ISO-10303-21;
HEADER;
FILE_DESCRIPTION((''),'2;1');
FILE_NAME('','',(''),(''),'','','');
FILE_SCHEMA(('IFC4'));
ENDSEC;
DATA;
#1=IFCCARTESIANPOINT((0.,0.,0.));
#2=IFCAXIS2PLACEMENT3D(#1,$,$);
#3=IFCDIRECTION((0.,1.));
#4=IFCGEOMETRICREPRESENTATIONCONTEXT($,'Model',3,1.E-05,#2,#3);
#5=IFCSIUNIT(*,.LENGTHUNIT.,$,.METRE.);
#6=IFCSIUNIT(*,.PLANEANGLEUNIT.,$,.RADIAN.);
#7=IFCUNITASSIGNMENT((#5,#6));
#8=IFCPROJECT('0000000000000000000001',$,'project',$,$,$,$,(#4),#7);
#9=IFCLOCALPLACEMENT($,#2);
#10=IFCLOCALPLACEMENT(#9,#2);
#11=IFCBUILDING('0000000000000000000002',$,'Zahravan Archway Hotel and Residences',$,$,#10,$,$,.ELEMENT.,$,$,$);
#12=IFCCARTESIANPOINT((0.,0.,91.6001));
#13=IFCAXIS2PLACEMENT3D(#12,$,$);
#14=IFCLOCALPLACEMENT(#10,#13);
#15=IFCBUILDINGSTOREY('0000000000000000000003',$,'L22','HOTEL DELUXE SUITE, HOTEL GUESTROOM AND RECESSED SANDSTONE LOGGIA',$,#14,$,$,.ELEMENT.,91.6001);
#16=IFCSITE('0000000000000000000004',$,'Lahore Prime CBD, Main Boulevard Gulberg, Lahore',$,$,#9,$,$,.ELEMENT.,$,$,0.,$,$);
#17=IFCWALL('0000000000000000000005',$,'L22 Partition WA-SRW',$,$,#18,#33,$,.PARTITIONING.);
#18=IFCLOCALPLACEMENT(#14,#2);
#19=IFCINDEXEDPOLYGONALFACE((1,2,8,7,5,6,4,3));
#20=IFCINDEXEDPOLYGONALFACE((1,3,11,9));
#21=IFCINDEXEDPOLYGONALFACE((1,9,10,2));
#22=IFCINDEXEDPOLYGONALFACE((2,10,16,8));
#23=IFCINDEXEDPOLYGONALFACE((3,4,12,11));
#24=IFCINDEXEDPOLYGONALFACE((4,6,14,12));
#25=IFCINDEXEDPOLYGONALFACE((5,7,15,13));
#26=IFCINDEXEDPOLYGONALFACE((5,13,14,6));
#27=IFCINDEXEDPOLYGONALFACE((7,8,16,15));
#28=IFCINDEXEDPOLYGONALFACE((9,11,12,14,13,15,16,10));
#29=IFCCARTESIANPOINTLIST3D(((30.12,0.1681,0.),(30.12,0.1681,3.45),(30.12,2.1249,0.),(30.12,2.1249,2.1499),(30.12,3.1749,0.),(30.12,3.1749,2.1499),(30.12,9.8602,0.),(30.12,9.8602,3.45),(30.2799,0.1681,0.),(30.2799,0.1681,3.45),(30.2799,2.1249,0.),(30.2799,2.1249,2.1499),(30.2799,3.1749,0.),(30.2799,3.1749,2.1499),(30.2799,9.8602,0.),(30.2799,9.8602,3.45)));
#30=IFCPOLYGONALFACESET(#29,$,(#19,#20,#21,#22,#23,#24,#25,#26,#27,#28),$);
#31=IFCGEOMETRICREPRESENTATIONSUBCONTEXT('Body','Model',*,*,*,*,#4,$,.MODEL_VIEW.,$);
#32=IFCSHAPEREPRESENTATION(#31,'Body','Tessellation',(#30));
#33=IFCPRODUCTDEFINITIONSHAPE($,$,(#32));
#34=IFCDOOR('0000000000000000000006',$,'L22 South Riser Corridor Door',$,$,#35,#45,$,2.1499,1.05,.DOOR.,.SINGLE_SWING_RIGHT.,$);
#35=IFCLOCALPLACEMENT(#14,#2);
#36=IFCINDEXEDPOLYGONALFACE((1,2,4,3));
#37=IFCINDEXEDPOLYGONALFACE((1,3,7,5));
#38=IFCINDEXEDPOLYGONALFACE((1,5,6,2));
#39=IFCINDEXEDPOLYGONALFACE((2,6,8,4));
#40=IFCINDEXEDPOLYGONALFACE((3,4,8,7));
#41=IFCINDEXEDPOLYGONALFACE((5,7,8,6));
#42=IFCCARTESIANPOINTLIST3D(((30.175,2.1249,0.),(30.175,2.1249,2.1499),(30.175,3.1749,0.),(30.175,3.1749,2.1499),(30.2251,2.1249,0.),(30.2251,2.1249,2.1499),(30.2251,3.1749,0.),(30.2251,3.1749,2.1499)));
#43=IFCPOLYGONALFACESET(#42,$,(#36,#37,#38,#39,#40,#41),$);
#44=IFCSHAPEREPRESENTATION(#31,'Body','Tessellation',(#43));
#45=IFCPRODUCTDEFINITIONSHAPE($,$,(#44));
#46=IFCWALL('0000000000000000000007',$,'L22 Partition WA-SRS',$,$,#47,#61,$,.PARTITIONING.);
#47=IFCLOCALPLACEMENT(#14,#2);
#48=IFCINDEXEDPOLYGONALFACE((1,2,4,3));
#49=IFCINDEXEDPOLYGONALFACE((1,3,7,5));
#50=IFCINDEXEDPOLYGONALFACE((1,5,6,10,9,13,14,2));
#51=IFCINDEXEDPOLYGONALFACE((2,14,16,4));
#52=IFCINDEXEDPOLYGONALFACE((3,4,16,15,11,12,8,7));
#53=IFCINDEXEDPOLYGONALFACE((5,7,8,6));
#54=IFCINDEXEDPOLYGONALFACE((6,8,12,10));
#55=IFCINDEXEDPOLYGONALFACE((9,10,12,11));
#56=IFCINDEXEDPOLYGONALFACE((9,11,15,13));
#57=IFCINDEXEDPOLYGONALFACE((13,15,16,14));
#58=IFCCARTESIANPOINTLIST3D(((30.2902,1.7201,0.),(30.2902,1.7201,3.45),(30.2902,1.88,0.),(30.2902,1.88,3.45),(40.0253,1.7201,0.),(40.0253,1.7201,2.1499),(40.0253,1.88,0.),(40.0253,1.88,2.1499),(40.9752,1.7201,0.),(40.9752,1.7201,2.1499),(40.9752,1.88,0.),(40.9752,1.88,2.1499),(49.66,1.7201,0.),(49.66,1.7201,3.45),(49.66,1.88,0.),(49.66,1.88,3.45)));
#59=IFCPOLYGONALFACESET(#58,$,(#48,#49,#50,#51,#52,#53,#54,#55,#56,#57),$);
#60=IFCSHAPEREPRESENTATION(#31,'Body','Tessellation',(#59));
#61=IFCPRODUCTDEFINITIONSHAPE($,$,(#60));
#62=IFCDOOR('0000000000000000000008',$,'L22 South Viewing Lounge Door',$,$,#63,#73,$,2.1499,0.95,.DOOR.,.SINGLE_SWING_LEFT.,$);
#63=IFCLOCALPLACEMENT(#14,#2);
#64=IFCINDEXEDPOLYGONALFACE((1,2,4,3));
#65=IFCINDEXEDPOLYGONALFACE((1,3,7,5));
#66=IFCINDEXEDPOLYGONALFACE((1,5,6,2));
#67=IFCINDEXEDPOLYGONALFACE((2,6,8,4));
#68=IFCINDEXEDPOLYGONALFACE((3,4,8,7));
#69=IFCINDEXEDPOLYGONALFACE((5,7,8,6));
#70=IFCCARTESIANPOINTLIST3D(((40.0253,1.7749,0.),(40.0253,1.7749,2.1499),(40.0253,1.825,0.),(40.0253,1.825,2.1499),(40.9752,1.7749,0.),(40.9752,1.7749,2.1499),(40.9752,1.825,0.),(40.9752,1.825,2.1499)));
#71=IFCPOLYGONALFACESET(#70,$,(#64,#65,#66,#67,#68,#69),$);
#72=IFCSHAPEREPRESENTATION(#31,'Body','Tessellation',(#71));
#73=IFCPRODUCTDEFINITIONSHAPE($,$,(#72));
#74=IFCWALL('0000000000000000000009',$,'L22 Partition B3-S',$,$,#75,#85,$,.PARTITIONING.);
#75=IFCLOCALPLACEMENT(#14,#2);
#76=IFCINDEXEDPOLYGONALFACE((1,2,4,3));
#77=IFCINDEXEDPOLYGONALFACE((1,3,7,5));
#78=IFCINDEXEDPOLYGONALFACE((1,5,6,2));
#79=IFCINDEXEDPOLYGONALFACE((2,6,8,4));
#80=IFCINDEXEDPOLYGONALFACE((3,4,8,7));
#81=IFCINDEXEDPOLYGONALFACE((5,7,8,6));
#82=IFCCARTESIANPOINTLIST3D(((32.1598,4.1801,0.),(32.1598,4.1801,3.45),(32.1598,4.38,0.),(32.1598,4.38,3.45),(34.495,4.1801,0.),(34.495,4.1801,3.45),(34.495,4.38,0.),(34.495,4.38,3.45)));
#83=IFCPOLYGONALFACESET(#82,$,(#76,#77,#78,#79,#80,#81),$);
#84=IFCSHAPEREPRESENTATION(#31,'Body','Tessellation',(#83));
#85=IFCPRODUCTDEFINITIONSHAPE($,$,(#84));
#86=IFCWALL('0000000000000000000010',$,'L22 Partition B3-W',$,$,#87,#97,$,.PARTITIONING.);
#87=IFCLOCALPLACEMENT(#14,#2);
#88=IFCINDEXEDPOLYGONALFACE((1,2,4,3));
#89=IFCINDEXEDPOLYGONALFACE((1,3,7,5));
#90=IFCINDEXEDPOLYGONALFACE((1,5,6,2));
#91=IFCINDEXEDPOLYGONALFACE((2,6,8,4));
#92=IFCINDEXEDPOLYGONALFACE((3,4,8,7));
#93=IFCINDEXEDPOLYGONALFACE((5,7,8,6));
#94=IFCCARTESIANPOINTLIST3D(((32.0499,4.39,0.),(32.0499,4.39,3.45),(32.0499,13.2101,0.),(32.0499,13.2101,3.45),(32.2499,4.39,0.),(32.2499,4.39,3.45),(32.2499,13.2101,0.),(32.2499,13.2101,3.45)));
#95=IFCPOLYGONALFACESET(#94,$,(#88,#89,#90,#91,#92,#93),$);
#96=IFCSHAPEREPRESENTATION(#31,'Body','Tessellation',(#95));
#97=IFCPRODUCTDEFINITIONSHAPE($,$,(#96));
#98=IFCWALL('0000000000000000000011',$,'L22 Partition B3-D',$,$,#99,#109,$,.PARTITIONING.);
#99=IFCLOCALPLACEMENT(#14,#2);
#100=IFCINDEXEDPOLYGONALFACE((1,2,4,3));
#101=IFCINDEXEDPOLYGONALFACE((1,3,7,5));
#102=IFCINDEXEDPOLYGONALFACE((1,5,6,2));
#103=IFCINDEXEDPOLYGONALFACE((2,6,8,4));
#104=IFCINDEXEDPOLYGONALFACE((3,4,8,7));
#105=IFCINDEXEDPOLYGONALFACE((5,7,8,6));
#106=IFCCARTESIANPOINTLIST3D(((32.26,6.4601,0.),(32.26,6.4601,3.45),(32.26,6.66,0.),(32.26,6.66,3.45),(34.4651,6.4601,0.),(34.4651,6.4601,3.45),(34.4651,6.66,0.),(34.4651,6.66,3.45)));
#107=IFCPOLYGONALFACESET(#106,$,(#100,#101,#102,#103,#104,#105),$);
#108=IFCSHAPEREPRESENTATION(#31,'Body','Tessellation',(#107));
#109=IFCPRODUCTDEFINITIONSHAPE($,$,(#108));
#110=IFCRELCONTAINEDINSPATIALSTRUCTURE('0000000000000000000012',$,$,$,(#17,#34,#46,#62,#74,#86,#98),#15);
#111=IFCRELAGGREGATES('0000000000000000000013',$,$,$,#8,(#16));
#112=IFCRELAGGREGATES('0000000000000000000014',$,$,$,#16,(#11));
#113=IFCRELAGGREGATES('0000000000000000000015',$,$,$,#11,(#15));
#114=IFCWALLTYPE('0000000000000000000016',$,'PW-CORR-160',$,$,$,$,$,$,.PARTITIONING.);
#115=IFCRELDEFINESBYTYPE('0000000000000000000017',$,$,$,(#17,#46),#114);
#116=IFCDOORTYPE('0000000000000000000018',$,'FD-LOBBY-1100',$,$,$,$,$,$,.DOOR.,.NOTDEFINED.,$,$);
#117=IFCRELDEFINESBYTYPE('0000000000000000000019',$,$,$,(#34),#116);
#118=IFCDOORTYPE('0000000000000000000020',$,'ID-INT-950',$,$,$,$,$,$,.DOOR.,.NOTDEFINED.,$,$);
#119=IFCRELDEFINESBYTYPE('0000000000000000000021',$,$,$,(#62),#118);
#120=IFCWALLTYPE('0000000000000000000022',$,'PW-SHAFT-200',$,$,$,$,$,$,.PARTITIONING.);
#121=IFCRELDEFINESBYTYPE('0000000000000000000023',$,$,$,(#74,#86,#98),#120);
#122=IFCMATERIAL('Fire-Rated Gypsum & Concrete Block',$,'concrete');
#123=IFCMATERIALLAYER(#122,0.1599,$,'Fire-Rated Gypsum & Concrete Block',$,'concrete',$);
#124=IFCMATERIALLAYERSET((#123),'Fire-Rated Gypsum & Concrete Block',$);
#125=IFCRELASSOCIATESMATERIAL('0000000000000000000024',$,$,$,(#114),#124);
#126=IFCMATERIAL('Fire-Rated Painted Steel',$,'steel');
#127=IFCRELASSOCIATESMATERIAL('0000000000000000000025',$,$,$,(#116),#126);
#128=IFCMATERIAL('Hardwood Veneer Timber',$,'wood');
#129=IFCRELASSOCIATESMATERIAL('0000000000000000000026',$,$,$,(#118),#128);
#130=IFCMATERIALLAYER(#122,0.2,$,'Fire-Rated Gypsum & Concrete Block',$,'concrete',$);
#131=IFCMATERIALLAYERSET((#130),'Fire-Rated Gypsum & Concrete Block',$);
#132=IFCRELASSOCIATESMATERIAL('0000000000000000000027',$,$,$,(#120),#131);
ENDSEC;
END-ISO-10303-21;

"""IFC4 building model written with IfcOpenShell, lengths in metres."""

from ifc_helpers import new_model, si_unit, direction, frame, frame_2d, origin, place, context, subcontext, project, spatial, rectangle, extrude, source, transform, mapped, material, layer, layer_set, type_object, type_shapes, element, fill, save


model = new_model("IFC4")

# Units and contexts
model_context = context("Model", 3, precision=1e-05, world=origin(), true_north=direction((0.0, 1.0)))
body_context = subcontext(model_context, "Body", "Model", "MODEL_VIEW")
ifc_project = project(units=[si_unit("LENGTHUNIT", "METRE"), si_unit("PLANEANGLEUNIT", "RADIAN")], contexts=[model_context])

# Site, building, storey
site_placement = place(None, origin())
site = spatial("IfcSite", under=ifc_project, at=site_placement, Name="Lahore Prime CBD, Main Boulevard Gulberg, Lahore", CompositionType="ELEMENT", RefElevation=0.0)
building_placement = place(site_placement, origin())
building = spatial("IfcBuilding", under=site, at=building_placement, Name="Zahravan Archway Hotel and Residences", CompositionType="ELEMENT")
storey_placement = place(building_placement, frame((0.0, 0.0, 91.6001)))
storey = spatial("IfcBuildingStorey", under=building, at=storey_placement, Name="L22", Description="HOTEL DELUXE SUITE, HOTEL GUESTROOM AND RECESSED SANDSTONE LOGGIA", CompositionType="ELEMENT", Elevation=91.6001)

# Shared definitions
ifc_material_1 = material(Name="Fire-Rated Painted Steel", Category="steel")

# Walls, openings, doors
ifc_material_2 = material(Name="Fire-Rated Gypsum & Concrete Block", Category="concrete")
ifc_layer_1 = layer(ifc_material_2, 0.1599, Name="Fire-Rated Gypsum & Concrete Block", Category="concrete")
ifc_layer_set_1 = layer_set([ifc_layer_1], Name="Fire-Rated Gypsum & Concrete Block")
wall_type_1 = type_object("IfcWallType", Name="PW-CORR-160", PredefinedType="PARTITIONING", material=ifc_layer_set_1)
wall_1_placement = place(storey_placement, frame((30.2, 0.168, 0.0), z_axis=(0.0, 0.0, 1.0), x_axis=(0.0, 1.0, 0.0)))
wall_1 = element("IfcWall", 1, at=wall_1_placement, inside=storey, type_object=wall_type_1, Name="L22 Partition WA-SRW", PredefinedType="PARTITIONING", context=body_context, shape_type="SweptSolid", body=[
    extrude(rectangle(XDim=9.6921, YDim=0.1599, at=frame_2d((4.8462, 0.0))), origin(), (0.0, 0.0, 1.0), 3.45),
])
opening_1_placement = place(wall_1_placement, frame((1.957, 0.0, 0.0)))
opening_1 = element("IfcOpeningElement", 2, at=opening_1_placement, cuts=wall_1, PredefinedType="OPENING", context=body_context, shape_type="SweptSolid", body=[
    extrude(rectangle(XDim=1.05, YDim=2.1499, at=frame_2d((0.5249, 1.075))), frame((0.0, 0.0898, 0.0), z_axis=(0.0, -1.0, 0.0), x_axis=(1.0, 0.0, 0.0)), (0.0, 0.0, 1.0), 0.1799),
])
door_type_1 = type_object("IfcDoorType", Name="FD-LOBBY-1100", OperationType="NOTDEFINED", PredefinedType="DOOR", material=ifc_material_1)
shared_shape_1 = source(origin(), body_context, "Body", "SweptSolid", [
    extrude(rectangle(XDim=1.05, YDim=2.1499, at=frame_2d((0.5249, 1.075))), frame((0.0, 0.0249, 0.0), z_axis=(0.0, -1.0, 0.0), x_axis=(1.0, 0.0, 0.0)), (0.0, 0.0, 1.0), 0.05),
])
type_shapes(door_type_1, [shared_shape_1])
door_1_placement = place(opening_1_placement, origin())
door_1 = element("IfcDoor", 3, at=door_1_placement, inside=storey, type_object=door_type_1, Name="L22 South Riser Corridor Door", OperationType="SINGLE_SWING_RIGHT", OverallHeight=2.1499, OverallWidth=1.05, PredefinedType="DOOR", context=body_context, shape_type="MappedRepresentation", body=[
    mapped(shared_shape_1, transform((0.0, 0.0, 0.0), scale=1.0)),
])
fill(opening_1, door_1)
wall_2_placement = place(storey_placement, frame((30.29, 1.8, 0.0), z_axis=(0.0, 0.0, 1.0), x_axis=(1.0, 0.0, 0.0)))
wall_2 = element("IfcWall", 4, at=wall_2_placement, inside=storey, type_object=wall_type_1, Name="L22 Partition WA-SRS", PredefinedType="PARTITIONING", context=body_context, shape_type="SweptSolid", body=[
    extrude(rectangle(XDim=19.3699, YDim=0.1599, at=frame_2d((9.6851, 0.0))), origin(), (0.0, 0.0, 1.0), 3.45),
])
opening_2_placement = place(wall_2_placement, frame((9.7351, 0.0, 0.0)))
opening_2 = element("IfcOpeningElement", 5, at=opening_2_placement, cuts=wall_2, PredefinedType="OPENING", context=body_context, shape_type="SweptSolid", body=[
    extrude(rectangle(XDim=0.95, YDim=2.1499, at=frame_2d((0.4751, 1.075))), frame((0.0, 0.0898, 0.0), z_axis=(0.0, -1.0, 0.0), x_axis=(1.0, 0.0, 0.0)), (0.0, 0.0, 1.0), 0.1799),
])
ifc_material_3 = material(Name="Hardwood Veneer Timber", Category="wood")
door_type_2 = type_object("IfcDoorType", Name="ID-INT-950", OperationType="NOTDEFINED", PredefinedType="DOOR", material=ifc_material_3)
shared_shape_2 = source(origin(), body_context, "Body", "SweptSolid", [
    extrude(rectangle(XDim=0.95, YDim=2.1499, at=frame_2d((0.4751, 1.075))), frame((0.0, 0.0249, 0.0), z_axis=(0.0, -1.0, 0.0), x_axis=(1.0, 0.0, 0.0)), (0.0, 0.0, 1.0), 0.05),
])
type_shapes(door_type_2, [shared_shape_2])
door_2_placement = place(opening_2_placement, origin())
door_2 = element("IfcDoor", 6, at=door_2_placement, inside=storey, type_object=door_type_2, Name="L22 South Viewing Lounge Door", OperationType="SINGLE_SWING_LEFT", OverallHeight=2.1499, OverallWidth=0.95, PredefinedType="DOOR", context=body_context, shape_type="MappedRepresentation", body=[
    mapped(shared_shape_2, transform((0.0, 0.0, 0.0), scale=1.0)),
])
fill(opening_2, door_2)

# Walls
ifc_layer_2 = layer(ifc_material_2, 0.2, Name="Fire-Rated Gypsum & Concrete Block", Category="concrete")
ifc_layer_set_2 = layer_set([ifc_layer_2], Name="Fire-Rated Gypsum & Concrete Block")
wall_type_2 = type_object("IfcWallType", Name="PW-SHAFT-200", PredefinedType="PARTITIONING", material=ifc_layer_set_2)
wall_3_placement = place(storey_placement, frame((32.1599, 4.28, 0.0), z_axis=(0.0, 0.0, 1.0), x_axis=(1.0, 0.0, 0.0)))
element("IfcWall", 7, at=wall_3_placement, inside=storey, type_object=wall_type_2, Name="L22 Partition B3-S", PredefinedType="PARTITIONING", context=body_context, shape_type="SweptSolid", body=[
    extrude(rectangle(XDim=2.3352, YDim=0.2, at=frame_2d((1.1675, 0.0))), origin(), (0.0, 0.0, 1.0), 3.45),
])
wall_4_placement = place(storey_placement, frame((32.1499, 4.3899, 0.0), z_axis=(0.0, 0.0, 1.0), x_axis=(0.0, 1.0, 0.0)))
element("IfcWall", 8, at=wall_4_placement, inside=storey, type_object=wall_type_2, Name="L22 Partition B3-W", PredefinedType="PARTITIONING", context=body_context, shape_type="SweptSolid", body=[
    extrude(rectangle(XDim=8.8201, YDim=0.2, at=frame_2d((4.4102, 0.0))), origin(), (0.0, 0.0, 1.0), 3.45),
])
wall_5_placement = place(storey_placement, frame((32.26, 6.5601, 0.0), z_axis=(0.0, 0.0, 1.0), x_axis=(1.0, 0.0, 0.0)))
element("IfcWall", 9, at=wall_5_placement, inside=storey, type_object=wall_type_2, Name="L22 Partition B3-D", PredefinedType="PARTITIONING", context=body_context, shape_type="SweptSolid", body=[
    extrude(rectangle(XDim=2.2051, YDim=0.2, at=frame_2d((1.1025, 0.0))), origin(), (0.0, 0.0, 1.0), 3.45),
])

save(model, "model.ifc")
